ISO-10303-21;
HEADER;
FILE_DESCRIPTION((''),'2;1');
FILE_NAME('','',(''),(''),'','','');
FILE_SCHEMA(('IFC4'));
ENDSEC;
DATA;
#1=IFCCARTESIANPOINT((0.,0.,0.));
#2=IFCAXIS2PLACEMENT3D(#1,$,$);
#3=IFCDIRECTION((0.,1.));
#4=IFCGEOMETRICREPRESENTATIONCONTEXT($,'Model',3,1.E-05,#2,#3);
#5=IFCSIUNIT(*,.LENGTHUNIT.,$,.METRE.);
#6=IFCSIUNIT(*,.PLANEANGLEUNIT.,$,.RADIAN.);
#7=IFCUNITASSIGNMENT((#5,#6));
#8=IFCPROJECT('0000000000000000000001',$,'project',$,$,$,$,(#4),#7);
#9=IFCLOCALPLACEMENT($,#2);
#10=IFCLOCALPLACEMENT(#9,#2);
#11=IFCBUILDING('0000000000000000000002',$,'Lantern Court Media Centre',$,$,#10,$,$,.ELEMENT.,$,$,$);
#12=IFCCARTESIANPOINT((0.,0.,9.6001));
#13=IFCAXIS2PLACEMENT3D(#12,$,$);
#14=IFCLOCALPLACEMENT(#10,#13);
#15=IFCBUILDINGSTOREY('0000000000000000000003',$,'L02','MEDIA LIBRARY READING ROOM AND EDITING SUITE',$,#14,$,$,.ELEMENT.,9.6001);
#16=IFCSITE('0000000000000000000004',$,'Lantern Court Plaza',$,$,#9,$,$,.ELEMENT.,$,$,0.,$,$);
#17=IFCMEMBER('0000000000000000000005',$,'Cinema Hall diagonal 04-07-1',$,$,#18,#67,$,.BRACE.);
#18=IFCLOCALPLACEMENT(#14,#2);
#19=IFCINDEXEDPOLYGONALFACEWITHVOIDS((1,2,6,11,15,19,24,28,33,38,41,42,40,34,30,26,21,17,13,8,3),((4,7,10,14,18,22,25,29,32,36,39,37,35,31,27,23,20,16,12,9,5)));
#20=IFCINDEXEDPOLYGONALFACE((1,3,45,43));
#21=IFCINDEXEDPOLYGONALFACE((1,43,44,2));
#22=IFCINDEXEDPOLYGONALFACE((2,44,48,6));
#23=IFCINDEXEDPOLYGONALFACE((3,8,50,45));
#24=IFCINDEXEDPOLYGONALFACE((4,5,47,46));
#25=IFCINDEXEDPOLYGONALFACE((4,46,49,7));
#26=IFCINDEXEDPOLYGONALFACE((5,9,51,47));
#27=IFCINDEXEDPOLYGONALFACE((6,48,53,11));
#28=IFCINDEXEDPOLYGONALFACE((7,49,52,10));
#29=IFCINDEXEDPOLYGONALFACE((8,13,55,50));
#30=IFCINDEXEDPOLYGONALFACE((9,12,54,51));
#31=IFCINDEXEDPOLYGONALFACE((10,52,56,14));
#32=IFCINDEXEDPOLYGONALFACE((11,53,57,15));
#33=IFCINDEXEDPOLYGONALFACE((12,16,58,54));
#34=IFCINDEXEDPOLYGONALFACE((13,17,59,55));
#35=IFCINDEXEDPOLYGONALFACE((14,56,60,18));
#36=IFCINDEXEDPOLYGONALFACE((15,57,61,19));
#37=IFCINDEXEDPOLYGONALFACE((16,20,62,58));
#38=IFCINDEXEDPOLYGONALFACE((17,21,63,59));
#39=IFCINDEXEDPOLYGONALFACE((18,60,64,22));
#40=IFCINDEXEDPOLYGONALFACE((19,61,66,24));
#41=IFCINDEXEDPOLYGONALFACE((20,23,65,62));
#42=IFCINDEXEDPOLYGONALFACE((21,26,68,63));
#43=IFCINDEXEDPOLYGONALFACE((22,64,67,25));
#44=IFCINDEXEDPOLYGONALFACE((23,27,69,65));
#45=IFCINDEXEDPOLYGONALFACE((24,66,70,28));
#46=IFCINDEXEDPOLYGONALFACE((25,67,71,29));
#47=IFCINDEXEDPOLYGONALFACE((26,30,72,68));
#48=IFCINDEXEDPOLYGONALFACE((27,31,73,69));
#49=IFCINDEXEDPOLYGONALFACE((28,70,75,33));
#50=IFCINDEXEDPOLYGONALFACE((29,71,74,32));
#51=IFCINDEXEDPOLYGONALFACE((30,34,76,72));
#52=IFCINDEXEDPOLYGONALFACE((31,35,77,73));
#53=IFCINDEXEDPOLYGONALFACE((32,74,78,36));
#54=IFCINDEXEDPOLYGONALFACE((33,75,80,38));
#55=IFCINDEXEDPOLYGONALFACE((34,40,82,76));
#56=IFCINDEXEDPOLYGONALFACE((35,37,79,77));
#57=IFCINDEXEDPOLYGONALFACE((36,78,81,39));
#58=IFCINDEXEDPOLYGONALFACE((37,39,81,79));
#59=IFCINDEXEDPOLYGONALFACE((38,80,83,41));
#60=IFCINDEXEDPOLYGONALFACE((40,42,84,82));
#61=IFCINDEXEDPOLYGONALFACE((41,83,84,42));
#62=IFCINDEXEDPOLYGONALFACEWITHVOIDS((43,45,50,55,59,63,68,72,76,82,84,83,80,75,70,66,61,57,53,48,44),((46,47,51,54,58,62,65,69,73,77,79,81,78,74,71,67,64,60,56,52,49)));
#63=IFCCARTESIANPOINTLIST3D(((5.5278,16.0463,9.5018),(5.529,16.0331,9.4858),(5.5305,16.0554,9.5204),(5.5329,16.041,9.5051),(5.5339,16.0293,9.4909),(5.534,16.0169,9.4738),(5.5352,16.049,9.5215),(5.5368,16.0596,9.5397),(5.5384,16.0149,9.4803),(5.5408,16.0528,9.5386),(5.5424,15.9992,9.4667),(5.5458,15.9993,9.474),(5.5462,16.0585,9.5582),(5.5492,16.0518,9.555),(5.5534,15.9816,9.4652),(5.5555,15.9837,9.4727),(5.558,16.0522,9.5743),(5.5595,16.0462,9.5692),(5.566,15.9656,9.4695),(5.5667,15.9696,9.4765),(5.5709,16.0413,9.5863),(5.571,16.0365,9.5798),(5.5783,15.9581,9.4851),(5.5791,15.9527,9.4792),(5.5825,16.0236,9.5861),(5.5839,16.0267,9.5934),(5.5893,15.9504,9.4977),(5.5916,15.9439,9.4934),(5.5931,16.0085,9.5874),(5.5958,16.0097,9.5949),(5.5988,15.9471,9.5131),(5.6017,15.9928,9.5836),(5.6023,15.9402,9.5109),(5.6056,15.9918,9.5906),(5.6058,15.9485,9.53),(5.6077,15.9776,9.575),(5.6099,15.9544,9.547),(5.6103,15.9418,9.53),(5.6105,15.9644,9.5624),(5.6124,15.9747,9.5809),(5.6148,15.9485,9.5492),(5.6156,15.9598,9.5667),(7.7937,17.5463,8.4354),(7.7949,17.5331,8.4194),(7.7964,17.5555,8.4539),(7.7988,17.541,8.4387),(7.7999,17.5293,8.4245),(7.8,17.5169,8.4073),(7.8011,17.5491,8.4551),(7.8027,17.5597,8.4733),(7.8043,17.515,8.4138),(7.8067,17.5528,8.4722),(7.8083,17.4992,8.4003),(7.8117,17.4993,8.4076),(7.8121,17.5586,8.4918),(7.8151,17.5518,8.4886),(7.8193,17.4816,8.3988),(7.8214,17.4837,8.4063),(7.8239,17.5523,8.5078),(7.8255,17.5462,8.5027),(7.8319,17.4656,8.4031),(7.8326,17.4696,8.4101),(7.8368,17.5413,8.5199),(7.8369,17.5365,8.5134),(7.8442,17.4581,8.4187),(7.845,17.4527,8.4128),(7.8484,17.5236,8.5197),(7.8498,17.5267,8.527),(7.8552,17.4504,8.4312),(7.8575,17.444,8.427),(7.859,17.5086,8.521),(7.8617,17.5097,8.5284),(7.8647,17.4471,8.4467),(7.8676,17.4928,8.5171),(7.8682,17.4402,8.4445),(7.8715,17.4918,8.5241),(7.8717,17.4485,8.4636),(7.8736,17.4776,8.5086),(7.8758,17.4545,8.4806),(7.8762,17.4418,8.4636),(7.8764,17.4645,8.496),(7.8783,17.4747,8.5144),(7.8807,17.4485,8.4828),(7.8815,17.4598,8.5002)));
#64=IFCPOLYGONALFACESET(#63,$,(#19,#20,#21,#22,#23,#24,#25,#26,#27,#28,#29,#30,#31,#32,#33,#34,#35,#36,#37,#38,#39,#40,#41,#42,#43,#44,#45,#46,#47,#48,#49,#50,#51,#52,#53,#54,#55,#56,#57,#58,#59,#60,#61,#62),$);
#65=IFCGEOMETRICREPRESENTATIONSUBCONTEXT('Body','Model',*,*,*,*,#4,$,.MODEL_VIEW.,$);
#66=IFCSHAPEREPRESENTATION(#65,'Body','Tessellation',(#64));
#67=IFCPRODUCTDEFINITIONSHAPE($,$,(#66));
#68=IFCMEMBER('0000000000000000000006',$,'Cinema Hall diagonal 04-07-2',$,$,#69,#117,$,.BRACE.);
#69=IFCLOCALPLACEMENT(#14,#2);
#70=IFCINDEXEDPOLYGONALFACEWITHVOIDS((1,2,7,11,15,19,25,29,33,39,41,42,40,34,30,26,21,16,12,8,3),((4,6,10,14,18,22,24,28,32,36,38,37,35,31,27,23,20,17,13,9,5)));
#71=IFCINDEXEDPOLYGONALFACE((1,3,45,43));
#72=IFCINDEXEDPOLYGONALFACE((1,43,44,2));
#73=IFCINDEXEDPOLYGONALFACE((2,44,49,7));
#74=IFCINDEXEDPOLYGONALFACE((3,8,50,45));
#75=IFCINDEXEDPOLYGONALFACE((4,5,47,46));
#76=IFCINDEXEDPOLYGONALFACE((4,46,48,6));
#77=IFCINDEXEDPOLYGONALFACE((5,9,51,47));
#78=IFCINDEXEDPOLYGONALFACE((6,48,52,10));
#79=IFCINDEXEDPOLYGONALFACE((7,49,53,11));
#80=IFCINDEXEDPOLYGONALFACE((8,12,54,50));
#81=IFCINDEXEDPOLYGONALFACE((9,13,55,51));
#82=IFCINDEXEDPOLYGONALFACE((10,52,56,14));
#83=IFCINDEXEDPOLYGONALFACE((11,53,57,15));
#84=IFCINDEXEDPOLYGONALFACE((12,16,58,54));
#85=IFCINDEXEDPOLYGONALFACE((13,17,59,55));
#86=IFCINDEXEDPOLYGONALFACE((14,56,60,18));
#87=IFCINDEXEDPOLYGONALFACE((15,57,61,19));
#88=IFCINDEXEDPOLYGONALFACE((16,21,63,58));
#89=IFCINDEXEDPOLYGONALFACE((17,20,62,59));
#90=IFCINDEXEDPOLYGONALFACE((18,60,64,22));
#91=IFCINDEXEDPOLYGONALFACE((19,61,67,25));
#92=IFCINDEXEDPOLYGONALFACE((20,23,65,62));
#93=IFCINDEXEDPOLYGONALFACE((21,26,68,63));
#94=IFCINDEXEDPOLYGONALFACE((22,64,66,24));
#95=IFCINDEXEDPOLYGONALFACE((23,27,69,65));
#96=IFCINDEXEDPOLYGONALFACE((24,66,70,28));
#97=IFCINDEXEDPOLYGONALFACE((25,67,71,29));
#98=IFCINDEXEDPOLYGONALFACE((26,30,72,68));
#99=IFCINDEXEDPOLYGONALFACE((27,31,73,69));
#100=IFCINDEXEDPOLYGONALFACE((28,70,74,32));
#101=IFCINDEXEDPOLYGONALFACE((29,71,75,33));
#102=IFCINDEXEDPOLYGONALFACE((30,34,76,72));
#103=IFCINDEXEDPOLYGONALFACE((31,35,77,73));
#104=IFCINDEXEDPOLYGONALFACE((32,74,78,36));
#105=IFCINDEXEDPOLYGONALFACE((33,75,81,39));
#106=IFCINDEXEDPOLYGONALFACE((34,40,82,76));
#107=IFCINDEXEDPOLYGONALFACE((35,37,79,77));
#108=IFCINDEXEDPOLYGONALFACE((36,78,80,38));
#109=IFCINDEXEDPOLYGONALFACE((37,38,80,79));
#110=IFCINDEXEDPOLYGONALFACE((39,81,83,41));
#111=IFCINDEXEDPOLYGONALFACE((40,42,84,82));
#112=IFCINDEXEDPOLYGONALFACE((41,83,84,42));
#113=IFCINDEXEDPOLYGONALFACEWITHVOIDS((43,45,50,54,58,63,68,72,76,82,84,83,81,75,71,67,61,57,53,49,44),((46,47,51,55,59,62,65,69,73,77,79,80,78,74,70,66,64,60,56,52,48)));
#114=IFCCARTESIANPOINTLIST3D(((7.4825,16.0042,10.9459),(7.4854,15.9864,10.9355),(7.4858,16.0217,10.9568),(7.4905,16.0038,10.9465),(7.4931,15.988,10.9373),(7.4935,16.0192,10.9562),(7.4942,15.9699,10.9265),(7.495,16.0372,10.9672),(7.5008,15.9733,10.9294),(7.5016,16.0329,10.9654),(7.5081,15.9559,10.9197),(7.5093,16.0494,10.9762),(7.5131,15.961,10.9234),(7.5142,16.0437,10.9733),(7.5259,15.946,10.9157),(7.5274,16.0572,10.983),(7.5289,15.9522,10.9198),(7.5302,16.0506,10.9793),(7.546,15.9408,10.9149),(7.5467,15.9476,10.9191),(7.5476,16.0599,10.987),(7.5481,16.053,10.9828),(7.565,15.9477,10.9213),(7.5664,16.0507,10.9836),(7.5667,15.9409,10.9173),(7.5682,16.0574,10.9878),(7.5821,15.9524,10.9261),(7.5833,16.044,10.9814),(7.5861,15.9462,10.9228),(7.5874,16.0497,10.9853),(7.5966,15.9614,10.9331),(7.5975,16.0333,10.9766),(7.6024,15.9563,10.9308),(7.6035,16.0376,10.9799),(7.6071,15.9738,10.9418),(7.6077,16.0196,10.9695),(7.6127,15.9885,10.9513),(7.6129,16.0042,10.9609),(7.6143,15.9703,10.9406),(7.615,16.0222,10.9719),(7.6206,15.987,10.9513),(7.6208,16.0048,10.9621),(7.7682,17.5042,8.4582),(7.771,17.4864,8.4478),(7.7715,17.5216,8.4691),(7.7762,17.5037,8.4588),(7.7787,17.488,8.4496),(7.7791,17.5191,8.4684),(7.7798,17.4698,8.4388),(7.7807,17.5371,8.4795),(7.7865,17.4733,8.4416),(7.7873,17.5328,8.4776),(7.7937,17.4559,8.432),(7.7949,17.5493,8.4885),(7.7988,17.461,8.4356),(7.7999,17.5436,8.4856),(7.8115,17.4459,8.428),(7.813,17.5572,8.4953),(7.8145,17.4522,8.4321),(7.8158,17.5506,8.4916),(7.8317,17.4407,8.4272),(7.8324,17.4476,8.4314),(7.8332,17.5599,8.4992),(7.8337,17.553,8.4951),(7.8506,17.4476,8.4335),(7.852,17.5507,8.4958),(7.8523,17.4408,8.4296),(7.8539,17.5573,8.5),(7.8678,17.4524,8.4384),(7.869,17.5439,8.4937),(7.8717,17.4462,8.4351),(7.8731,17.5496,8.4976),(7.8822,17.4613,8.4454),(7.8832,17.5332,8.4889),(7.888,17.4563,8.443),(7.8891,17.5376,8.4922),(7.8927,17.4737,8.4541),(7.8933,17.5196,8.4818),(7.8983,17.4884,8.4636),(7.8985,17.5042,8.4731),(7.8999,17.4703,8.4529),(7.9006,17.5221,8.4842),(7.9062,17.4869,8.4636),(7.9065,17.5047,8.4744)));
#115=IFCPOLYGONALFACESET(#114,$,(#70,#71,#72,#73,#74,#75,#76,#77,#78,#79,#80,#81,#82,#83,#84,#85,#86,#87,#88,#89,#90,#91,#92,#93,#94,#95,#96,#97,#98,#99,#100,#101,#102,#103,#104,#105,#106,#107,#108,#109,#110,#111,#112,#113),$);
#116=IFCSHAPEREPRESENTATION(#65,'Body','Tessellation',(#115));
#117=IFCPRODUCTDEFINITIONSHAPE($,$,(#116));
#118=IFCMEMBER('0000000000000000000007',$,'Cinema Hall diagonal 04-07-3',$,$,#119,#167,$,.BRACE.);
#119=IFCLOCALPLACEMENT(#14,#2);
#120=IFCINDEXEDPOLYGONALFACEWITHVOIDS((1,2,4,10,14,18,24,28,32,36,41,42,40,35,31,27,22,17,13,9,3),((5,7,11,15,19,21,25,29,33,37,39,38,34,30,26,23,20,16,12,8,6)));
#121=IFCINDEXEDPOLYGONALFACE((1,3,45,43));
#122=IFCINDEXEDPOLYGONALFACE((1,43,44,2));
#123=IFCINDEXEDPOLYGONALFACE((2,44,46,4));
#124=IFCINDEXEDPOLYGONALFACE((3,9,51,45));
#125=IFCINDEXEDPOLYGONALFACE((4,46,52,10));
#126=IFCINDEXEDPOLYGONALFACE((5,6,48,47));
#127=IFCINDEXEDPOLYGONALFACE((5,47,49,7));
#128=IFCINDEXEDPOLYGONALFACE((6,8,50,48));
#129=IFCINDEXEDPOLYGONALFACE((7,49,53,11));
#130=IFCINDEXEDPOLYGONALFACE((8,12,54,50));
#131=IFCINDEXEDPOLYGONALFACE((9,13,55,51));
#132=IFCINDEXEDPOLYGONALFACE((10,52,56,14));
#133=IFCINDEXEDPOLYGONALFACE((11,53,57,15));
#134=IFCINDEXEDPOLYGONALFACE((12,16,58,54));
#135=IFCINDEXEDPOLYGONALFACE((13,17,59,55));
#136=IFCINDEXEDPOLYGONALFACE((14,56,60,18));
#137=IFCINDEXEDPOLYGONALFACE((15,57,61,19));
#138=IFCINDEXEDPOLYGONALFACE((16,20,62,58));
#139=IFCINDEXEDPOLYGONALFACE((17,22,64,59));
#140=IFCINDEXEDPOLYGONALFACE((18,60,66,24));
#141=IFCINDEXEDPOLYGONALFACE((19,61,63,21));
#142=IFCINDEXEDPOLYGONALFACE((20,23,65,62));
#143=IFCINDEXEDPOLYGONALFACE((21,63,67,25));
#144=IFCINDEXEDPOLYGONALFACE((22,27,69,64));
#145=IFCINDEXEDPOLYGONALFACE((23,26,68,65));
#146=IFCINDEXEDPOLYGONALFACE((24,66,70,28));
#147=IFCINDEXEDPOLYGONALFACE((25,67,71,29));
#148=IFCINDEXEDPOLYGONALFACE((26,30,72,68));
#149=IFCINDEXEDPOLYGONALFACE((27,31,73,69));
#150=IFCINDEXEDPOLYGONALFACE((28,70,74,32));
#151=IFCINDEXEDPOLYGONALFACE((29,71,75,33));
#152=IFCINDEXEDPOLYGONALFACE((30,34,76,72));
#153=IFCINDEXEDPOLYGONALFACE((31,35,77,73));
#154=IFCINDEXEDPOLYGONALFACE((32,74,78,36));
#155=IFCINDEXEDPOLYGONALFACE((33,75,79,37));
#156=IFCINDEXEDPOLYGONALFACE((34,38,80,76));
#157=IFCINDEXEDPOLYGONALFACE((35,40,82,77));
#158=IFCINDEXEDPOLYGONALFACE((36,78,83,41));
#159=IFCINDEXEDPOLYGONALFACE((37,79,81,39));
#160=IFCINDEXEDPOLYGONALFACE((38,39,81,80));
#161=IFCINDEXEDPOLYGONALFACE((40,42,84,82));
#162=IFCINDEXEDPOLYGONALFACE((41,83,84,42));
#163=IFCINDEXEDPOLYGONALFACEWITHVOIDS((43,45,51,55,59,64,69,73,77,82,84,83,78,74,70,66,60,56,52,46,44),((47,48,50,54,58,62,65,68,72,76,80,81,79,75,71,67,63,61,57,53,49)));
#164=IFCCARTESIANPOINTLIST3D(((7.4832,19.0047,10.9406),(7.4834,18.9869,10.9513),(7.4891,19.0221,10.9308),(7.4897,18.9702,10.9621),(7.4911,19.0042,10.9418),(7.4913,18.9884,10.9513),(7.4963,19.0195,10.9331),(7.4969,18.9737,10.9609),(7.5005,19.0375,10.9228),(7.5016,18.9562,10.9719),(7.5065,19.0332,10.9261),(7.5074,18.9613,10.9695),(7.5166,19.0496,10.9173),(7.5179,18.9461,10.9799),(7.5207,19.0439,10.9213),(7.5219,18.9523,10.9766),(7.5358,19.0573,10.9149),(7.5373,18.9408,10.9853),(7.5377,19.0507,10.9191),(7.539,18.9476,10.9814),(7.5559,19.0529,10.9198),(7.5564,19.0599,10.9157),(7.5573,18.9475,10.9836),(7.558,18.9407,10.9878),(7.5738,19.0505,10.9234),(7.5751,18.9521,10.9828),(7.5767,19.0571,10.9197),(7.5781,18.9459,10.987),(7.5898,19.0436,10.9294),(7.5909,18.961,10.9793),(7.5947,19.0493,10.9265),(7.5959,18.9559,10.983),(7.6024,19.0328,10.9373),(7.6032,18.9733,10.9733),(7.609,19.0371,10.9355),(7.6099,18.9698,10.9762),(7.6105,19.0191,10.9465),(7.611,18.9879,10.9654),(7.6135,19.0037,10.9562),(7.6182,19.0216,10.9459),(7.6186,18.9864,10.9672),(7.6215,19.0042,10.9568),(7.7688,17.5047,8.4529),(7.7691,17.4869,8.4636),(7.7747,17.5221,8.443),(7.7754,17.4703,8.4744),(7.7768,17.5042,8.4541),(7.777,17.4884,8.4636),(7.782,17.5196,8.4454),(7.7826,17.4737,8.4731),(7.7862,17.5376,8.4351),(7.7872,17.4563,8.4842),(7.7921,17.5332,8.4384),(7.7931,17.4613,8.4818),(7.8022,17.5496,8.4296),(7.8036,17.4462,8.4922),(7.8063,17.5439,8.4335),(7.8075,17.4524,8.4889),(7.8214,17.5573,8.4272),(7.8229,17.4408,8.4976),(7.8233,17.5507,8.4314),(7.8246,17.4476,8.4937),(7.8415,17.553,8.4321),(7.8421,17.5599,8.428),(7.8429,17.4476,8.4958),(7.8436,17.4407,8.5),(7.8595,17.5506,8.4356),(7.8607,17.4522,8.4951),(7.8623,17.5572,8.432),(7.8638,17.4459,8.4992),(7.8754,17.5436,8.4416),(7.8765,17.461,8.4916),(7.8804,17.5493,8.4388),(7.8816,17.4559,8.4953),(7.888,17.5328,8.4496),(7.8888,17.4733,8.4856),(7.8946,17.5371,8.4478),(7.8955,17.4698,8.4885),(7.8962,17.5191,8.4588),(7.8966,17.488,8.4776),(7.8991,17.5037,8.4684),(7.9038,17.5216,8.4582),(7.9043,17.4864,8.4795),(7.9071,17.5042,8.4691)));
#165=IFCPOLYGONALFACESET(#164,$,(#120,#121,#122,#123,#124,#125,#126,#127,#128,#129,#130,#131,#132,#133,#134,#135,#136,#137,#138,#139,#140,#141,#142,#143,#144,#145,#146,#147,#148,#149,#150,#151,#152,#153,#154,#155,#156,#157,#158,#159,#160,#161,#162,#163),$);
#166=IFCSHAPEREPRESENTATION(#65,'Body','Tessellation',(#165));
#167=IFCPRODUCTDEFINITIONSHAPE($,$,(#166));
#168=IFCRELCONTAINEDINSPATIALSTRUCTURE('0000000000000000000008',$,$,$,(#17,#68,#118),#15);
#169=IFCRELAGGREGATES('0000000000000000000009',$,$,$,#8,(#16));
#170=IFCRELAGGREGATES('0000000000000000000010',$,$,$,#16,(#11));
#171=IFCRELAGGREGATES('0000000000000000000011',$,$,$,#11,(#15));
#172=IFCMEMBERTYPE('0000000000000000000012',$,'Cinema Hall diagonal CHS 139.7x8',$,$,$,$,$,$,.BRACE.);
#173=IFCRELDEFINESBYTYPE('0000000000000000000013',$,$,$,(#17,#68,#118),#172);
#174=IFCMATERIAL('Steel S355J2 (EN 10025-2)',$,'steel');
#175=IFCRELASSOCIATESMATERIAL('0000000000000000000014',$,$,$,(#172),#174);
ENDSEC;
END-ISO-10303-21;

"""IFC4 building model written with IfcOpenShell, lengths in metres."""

from ifc_helpers import new_model, si_unit, direction, frame, origin, origin_2d, place, context, subcontext, project, spatial, hollow_circle, extrude, material, material_profile, profile_set, type_object, element, save


model = new_model("IFC4")

# Units and contexts
model_context = context("Model", 3, precision=1e-05, world=origin(), true_north=direction((0.0, 1.0)))
body_context = subcontext(model_context, "Body", "Model", "MODEL_VIEW")
ifc_project = project(units=[si_unit("LENGTHUNIT", "METRE"), si_unit("PLANEANGLEUNIT", "RADIAN")], contexts=[model_context])

# Site, building, storey
site_placement = place(None, origin())
site = spatial("IfcSite", under=ifc_project, at=site_placement, Name="Lantern Court Plaza", CompositionType="ELEMENT", RefElevation=0.0)
building_placement = place(site_placement, origin())
building = spatial("IfcBuilding", under=site, at=building_placement, Name="Lantern Court Media Centre", CompositionType="ELEMENT")
storey_placement = place(building_placement, frame((0.0, 0.0, 9.6001)))
storey = spatial("IfcBuildingStorey", under=building, at=storey_placement, Name="L02", Description="MEDIA LIBRARY READING ROOM AND EDITING SUITE", CompositionType="ELEMENT", Elevation=9.6001)

# Members
ifc_material_1 = material(Name="Steel S355J2 (EN 10025-2)", Category="steel")
ifc_material_profile_1 = material_profile(ifc_material_1, hollow_circle(Radius=0.0698, WallThickness=0.0081, at=origin_2d()), Name="Cinema Hall diagonal CHS 139.7x8")
ifc_profile_set_1 = profile_set([ifc_material_profile_1], Name="Steel S355J2 (EN 10025-2)")
member_type_1 = type_object("IfcMemberType", Name="Cinema Hall diagonal CHS 139.7x8", PredefinedType="BRACE", material=ifc_profile_set_1)
for number, where, z_axis, x_axis, name in (
    (1, (7.8376, 17.5, 8.4636), (-0.776211, -0.51385, 0.365315), (0.552002, -0.833843, 0.0), "Cinema Hall diagonal 04-07-1"),
):
    element("IfcMember", number, at=place(storey_placement, frame(where, z_axis=z_axis, x_axis=x_axis)), inside=storey, type_object=member_type_1, Name=name, PredefinedType="BRACE", context=body_context, shape_type="SweptSolid", body=[
        extrude(hollow_circle(Radius=0.0698, WallThickness=0.0081, at=origin_2d()), origin(), (0.0, 0.0, 1.0), 2.9192),
    ])
for number, where, z_axis, x_axis, name in (
    (2, (7.8376, 17.5, 8.4636), (-0.097856, -0.51387, 0.852268), (0.982347, -0.187068, 0.0), "Cinema Hall diagonal 04-07-2"),
    (3, (7.8376, 17.5, 8.4636), (-0.097856, 0.51387, 0.852268), (-0.982347, -0.187068, 0.0), "Cinema Hall diagonal 04-07-3"),
):
    element("IfcMember", number, at=place(storey_placement, frame(where, z_axis=z_axis, x_axis=x_axis)), inside=storey, type_object=member_type_1, Name=name, PredefinedType="BRACE", context=body_context, shape_type="SweptSolid", body=[
        extrude(hollow_circle(Radius=0.0698, WallThickness=0.0081, at=origin_2d()), origin(), (0.0, 0.0, 1.0), 2.9189),
    ])

save(model, "model.ifc")
